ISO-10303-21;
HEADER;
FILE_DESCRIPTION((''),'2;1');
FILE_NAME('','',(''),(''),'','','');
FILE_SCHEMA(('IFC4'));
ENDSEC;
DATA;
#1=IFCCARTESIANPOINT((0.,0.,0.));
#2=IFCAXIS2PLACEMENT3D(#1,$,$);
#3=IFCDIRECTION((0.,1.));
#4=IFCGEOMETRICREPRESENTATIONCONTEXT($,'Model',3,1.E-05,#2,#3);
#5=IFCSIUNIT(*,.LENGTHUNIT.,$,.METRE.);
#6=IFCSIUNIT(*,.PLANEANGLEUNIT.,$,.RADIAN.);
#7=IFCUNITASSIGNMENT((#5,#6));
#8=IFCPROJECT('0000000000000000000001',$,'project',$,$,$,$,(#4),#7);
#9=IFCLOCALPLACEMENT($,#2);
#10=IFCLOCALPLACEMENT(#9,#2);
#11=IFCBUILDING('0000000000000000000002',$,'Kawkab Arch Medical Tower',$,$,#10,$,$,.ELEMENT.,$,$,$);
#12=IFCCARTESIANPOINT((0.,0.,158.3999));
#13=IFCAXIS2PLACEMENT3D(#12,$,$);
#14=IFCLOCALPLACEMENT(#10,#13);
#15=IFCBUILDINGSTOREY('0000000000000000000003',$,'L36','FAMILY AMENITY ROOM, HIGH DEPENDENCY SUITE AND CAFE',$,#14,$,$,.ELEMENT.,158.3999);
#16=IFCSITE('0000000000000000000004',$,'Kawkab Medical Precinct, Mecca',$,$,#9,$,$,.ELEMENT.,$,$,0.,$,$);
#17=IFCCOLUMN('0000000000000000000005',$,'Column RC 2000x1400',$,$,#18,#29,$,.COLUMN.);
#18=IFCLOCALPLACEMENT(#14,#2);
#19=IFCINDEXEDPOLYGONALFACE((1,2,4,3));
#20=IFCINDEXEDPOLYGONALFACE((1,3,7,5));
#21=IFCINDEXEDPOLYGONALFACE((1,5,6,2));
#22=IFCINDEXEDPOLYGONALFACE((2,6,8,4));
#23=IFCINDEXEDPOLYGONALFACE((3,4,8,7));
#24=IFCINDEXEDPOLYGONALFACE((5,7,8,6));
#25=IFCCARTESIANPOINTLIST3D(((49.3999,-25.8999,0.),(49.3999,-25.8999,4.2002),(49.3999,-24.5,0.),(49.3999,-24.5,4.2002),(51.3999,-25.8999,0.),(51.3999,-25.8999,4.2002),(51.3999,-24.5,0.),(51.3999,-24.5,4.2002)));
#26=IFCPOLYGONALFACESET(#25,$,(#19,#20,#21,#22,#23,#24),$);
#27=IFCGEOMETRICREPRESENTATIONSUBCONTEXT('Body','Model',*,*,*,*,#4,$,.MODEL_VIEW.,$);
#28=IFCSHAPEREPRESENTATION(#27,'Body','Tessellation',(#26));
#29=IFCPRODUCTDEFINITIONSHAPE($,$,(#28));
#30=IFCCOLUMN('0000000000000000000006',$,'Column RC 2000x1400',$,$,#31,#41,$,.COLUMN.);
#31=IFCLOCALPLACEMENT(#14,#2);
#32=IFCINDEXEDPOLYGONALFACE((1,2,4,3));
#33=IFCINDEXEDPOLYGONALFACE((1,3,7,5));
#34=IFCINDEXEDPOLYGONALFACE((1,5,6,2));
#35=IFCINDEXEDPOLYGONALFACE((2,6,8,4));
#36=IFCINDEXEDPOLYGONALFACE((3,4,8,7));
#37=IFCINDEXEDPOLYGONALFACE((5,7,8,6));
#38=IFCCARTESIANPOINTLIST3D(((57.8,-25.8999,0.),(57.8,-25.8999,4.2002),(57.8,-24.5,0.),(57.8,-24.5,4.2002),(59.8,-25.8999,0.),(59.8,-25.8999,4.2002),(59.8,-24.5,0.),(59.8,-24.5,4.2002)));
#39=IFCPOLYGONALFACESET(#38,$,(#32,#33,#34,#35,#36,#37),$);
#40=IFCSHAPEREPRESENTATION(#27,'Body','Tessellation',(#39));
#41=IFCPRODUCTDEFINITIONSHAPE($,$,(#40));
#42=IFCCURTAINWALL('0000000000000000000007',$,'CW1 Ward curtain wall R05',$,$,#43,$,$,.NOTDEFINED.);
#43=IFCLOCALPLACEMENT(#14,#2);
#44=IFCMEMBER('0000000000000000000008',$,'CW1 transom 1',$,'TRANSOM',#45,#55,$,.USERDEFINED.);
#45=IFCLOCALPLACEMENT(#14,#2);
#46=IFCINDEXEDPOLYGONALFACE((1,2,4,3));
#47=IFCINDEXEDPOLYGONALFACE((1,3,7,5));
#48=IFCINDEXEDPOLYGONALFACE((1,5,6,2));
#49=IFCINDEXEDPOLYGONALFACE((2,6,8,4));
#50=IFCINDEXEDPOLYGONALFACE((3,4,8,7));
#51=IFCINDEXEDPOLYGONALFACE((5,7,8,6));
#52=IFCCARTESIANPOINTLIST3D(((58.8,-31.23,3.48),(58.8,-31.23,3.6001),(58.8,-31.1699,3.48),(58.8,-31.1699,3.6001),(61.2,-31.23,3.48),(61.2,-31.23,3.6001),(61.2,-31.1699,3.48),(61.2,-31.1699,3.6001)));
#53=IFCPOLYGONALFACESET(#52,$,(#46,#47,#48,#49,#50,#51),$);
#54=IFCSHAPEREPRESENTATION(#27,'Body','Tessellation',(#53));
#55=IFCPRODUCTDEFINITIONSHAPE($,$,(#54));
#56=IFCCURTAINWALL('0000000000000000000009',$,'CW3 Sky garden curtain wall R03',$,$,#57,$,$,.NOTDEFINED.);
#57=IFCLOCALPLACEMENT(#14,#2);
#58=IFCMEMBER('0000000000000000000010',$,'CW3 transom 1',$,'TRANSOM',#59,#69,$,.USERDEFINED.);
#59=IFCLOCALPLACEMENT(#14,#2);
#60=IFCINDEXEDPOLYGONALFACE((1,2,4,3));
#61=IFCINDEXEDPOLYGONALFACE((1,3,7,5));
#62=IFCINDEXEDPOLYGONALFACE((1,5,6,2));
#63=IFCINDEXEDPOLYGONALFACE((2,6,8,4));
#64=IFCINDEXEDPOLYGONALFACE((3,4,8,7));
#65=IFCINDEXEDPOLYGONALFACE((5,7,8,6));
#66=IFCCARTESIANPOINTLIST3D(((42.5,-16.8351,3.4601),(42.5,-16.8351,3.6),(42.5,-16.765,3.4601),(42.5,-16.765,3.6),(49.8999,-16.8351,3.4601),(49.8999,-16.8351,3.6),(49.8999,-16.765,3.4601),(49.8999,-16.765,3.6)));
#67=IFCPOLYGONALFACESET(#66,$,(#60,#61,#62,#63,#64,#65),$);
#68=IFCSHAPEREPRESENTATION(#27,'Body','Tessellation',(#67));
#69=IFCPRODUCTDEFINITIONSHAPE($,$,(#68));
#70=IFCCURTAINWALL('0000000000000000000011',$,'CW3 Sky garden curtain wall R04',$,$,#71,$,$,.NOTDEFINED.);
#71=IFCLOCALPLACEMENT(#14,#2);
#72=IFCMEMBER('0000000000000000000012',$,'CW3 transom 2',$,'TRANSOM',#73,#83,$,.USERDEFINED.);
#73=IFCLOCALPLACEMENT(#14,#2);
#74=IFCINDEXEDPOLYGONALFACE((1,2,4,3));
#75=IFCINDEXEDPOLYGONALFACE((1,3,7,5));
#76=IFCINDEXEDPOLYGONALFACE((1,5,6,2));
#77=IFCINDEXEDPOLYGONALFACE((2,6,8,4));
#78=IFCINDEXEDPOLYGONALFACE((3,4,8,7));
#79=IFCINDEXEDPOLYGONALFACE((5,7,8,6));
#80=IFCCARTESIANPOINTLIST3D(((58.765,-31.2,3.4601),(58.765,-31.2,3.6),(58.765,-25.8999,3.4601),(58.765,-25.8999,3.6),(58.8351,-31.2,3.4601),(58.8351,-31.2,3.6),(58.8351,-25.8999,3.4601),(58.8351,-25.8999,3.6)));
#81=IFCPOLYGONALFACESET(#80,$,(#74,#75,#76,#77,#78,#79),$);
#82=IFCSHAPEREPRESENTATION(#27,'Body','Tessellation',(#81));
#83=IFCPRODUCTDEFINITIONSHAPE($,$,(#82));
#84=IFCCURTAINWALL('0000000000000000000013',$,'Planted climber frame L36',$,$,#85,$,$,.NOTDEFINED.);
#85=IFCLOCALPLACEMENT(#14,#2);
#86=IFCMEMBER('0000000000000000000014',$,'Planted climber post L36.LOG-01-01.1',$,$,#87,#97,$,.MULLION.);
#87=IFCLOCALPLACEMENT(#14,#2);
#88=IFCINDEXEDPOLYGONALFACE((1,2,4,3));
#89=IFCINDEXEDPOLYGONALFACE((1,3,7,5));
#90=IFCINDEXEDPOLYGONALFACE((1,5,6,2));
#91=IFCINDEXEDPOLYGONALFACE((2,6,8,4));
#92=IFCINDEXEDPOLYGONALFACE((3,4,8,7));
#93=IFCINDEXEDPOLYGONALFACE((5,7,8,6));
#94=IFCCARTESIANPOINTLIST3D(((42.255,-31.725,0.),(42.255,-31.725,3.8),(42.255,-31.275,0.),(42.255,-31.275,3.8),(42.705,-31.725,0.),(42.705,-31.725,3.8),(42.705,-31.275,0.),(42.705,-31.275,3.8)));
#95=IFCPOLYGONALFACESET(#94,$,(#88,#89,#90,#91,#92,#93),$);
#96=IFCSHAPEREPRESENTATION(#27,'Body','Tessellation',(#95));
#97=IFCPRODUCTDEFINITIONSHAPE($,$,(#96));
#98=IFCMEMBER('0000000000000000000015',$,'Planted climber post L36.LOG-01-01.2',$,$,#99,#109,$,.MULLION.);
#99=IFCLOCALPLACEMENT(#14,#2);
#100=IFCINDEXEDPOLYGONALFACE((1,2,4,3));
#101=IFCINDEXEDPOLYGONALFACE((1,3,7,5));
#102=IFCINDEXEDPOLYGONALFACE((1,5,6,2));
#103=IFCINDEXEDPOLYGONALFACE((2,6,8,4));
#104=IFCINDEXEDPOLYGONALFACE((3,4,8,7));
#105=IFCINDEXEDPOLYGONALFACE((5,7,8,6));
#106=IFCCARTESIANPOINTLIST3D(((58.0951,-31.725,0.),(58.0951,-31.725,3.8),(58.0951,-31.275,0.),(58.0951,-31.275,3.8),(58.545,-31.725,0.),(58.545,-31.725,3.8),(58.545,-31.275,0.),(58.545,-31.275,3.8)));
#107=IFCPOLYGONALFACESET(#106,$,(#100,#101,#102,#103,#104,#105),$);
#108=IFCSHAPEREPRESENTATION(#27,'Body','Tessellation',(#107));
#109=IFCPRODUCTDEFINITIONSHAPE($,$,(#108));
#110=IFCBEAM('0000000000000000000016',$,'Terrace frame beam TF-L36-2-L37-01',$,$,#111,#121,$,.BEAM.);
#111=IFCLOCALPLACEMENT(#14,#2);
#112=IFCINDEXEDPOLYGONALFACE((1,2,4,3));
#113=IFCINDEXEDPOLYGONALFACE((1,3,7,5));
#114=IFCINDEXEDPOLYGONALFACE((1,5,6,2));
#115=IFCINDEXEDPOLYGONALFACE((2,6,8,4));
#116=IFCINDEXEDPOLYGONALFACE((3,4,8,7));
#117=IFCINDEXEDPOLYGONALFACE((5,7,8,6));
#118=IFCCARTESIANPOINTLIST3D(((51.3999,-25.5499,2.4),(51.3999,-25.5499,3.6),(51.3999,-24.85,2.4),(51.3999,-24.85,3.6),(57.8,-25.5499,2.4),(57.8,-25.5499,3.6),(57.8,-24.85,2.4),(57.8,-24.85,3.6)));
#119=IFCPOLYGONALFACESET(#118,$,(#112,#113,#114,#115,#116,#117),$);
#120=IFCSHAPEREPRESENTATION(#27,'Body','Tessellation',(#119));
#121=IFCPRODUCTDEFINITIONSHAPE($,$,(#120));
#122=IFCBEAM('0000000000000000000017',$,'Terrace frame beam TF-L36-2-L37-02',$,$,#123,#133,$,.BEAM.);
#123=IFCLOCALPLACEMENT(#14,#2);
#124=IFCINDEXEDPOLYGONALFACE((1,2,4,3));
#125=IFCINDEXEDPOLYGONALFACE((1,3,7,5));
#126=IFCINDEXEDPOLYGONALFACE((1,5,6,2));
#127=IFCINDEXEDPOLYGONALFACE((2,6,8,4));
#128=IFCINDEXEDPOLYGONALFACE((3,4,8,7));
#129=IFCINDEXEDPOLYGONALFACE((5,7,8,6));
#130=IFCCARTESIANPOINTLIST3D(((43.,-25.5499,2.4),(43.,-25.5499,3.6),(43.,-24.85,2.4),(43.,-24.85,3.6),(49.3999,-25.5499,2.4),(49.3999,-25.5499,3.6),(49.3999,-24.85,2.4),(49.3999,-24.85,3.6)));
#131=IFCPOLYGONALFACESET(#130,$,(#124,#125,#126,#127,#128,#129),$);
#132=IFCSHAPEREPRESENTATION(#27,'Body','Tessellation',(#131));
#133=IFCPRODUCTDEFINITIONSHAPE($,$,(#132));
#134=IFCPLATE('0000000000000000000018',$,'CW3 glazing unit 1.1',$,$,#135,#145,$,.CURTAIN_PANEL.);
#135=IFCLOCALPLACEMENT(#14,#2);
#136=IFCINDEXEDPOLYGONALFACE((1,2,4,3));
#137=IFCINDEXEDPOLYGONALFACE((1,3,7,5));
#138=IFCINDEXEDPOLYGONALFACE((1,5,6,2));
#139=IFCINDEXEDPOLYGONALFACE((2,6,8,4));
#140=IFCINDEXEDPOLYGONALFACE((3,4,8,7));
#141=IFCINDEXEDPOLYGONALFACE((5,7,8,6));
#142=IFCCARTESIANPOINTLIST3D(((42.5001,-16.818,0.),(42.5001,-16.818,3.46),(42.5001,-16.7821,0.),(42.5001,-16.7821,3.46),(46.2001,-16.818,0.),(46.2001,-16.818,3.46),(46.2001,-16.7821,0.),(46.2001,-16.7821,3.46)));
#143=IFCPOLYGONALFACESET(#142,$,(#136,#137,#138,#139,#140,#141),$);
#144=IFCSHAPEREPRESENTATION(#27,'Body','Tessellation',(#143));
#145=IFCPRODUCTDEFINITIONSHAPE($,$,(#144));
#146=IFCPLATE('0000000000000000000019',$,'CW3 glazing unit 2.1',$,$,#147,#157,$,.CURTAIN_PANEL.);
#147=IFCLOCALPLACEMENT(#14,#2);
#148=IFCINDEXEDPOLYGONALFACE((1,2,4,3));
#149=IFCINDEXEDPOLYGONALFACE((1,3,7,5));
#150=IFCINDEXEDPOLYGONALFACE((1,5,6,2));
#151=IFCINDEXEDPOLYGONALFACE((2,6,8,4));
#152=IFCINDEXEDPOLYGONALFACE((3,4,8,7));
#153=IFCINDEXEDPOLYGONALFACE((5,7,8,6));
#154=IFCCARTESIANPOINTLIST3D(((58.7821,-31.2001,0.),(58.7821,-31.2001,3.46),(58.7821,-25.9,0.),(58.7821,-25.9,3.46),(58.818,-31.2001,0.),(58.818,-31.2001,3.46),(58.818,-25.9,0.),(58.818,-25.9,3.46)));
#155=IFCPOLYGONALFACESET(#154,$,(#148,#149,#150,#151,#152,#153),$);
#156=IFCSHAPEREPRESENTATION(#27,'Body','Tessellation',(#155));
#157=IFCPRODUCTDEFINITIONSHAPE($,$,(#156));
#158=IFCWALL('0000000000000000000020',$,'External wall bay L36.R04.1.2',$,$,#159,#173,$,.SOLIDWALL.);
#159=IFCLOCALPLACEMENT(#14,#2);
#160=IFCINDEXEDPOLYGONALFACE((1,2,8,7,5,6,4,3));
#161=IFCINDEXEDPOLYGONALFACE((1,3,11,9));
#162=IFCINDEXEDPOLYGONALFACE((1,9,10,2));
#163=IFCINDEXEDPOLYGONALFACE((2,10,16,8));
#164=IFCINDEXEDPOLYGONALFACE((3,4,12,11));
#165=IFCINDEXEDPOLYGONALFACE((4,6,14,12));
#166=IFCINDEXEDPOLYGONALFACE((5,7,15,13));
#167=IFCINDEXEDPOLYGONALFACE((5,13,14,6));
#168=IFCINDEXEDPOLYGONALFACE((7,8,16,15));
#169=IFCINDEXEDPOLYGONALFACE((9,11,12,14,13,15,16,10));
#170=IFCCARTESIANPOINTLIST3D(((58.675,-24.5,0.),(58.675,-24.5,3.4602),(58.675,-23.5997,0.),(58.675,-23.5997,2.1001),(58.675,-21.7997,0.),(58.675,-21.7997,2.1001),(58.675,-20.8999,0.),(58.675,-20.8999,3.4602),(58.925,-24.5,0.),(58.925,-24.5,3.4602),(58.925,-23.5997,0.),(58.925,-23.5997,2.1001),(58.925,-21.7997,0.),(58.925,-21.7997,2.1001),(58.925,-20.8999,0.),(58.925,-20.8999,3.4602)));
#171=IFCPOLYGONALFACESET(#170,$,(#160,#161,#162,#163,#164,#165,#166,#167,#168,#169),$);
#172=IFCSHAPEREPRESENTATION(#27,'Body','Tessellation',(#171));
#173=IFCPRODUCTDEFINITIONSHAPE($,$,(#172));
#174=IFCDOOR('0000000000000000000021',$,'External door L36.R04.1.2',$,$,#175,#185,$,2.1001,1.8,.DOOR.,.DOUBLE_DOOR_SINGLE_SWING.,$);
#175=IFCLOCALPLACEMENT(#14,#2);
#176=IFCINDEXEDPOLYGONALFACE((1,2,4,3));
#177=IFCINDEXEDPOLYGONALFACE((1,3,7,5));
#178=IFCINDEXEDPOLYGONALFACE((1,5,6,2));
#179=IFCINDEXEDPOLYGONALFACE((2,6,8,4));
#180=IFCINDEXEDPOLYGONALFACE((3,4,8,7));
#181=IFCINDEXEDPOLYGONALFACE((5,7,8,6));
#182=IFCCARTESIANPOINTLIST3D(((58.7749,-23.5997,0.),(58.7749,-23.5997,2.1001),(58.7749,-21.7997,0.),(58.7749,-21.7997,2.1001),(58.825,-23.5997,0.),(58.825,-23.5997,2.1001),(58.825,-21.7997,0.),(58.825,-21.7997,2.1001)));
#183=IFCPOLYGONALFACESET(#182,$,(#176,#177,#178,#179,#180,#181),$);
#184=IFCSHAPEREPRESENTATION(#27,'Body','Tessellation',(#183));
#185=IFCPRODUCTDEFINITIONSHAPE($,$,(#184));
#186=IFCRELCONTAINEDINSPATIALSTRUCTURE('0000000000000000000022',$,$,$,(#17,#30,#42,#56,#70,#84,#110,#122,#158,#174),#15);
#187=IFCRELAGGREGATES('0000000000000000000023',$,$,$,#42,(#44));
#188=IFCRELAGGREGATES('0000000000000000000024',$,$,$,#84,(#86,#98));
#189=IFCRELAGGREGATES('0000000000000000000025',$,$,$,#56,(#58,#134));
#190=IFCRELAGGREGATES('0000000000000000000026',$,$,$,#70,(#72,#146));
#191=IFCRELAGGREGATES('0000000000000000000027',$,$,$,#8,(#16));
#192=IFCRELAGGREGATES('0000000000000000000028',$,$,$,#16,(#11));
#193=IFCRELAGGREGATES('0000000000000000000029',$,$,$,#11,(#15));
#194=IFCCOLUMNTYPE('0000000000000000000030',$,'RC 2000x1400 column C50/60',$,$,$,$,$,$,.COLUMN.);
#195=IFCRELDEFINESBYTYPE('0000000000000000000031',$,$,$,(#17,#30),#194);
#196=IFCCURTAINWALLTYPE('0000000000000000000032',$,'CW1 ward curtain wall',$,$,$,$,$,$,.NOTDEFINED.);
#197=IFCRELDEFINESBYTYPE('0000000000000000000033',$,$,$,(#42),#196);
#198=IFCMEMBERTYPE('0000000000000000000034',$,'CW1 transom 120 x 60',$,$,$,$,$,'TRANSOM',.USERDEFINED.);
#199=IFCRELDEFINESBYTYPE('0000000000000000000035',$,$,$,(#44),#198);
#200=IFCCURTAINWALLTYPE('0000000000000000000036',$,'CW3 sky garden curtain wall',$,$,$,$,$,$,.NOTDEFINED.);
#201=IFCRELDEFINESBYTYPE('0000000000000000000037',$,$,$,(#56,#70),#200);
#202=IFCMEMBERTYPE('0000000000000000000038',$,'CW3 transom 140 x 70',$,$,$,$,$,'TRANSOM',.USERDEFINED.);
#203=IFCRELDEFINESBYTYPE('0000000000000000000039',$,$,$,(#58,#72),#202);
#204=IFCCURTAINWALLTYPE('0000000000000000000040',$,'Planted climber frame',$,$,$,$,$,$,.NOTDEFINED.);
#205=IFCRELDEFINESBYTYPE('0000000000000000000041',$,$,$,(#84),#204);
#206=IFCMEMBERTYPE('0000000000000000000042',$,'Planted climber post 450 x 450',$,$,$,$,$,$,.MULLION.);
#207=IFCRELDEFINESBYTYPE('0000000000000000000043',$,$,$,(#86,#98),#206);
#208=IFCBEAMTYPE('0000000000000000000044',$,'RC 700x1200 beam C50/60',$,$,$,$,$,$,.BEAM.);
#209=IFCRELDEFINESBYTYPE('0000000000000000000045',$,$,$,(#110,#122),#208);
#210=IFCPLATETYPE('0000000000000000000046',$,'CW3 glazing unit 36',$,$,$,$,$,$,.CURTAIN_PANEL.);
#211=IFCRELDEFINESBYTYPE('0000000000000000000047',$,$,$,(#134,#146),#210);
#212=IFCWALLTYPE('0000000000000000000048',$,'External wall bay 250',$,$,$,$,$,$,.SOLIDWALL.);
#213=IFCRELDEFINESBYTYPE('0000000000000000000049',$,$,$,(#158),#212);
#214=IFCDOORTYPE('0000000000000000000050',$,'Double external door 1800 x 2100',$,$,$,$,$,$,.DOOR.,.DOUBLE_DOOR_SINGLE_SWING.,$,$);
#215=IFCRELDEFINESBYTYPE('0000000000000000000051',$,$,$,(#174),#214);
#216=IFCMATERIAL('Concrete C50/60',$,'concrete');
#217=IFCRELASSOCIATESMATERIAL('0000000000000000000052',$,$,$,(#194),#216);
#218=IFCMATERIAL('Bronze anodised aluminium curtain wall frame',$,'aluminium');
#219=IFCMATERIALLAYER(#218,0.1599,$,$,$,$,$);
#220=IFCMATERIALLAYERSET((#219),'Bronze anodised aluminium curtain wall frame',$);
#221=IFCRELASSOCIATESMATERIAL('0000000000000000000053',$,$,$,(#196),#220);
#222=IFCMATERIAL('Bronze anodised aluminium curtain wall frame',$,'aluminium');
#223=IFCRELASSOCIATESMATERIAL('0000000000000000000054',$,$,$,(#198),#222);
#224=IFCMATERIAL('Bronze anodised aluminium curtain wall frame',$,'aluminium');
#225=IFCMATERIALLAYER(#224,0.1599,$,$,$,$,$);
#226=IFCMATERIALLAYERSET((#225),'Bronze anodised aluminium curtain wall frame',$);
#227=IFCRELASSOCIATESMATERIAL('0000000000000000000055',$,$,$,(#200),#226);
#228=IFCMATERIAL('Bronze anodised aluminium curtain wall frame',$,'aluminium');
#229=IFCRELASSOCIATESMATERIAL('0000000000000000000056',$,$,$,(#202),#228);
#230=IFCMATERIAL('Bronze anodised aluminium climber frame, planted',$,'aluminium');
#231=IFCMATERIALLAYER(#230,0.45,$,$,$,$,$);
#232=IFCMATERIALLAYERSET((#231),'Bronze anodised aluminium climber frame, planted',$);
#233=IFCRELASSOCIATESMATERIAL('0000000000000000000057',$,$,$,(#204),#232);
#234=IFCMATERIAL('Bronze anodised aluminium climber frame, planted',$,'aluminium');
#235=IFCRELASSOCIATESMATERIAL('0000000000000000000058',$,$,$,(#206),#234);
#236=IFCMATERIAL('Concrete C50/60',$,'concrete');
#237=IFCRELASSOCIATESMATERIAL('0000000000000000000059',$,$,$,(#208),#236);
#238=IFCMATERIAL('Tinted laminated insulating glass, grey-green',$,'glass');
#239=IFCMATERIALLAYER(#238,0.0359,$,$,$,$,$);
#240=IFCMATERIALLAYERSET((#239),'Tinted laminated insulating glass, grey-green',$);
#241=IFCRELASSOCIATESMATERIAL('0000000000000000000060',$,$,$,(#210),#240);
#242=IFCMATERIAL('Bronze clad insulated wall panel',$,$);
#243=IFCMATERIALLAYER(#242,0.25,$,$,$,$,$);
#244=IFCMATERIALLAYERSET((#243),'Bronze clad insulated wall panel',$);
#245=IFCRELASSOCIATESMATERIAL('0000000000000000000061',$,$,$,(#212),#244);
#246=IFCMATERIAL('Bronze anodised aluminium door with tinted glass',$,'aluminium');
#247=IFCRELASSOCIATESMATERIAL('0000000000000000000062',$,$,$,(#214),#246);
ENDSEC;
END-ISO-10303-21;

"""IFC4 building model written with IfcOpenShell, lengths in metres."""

from ifc_helpers import new_model, si_unit, direction, frame, frame_2d, origin, origin_2d, place, context, subcontext, project, spatial, rectangle, extrude, material, layer, layer_set, material_profile, profile_set, type_object, element, fill, aggregate, save


model = new_model("IFC4")

# Units and contexts
model_context = context("Model", 3, precision=1e-05, world=origin(), true_north=direction((0.0, 1.0)))
body_context = subcontext(model_context, "Body", "Model", "MODEL_VIEW")
ifc_project = project(units=[si_unit("LENGTHUNIT", "METRE"), si_unit("PLANEANGLEUNIT", "RADIAN")], contexts=[model_context])

# Site, building, storey
site_placement = place(None, origin())
site = spatial("IfcSite", under=ifc_project, at=site_placement, Name="Kawkab Medical Precinct, Mecca", CompositionType="ELEMENT", RefElevation=0.0)
building_placement = place(site_placement, origin())
building = spatial("IfcBuilding", under=site, at=building_placement, Name="Kawkab Arch Medical Tower", CompositionType="ELEMENT")
storey_placement = place(building_placement, frame((0.0, 0.0, 158.3999)))
storey = spatial("IfcBuildingStorey", under=building, at=storey_placement, Name="L36", Description="FAMILY AMENITY ROOM, HIGH DEPENDENCY SUITE AND CAFE", CompositionType="ELEMENT", Elevation=158.3999)

# Columns
ifc_material_1 = material(Name="Concrete C50/60", Category="concrete")
ifc_material_profile_1 = material_profile(ifc_material_1, rectangle(XDim=2.0, YDim=1.3999, at=origin_2d()), Name="RC 2000x1400")
ifc_profile_set_1 = profile_set([ifc_material_profile_1], Name="Concrete C50/60")
column_type = type_object("IfcColumnType", Name="RC 2000x1400 column C50/60", PredefinedType="COLUMN", material=ifc_profile_set_1)
for number, where, z_axis, x_axis, name in (
    (1, (50.3999, -25.2, 0.0), (0.0, 0.0, 1.0), (-1.0, 0.0, 0.0), "Column RC 2000x1400"),
    (2, (58.8, -25.2, 0.0), (0.0, 0.0, 1.0), (-1.0, 0.0, 0.0), "Column RC 2000x1400"),
):
    element("IfcColumn", number, at=place(storey_placement, frame(where, z_axis=z_axis, x_axis=x_axis)), inside=storey, type_object=column_type, Name=name, PredefinedType="COLUMN", context=body_context, shape_type="SweptSolid", body=[
        extrude(rectangle(XDim=2.0, YDim=1.3999, at=origin_2d()), origin(), (0.0, 0.0, 1.0), 4.2002),
    ])

# Curtain walls, members
ifc_material_2 = material(Name="Bronze anodised aluminium curtain wall frame", Category="aluminium")
ifc_layer_1 = layer(ifc_material_2, 0.1599)
ifc_layer_set_1 = layer_set([ifc_layer_1], Name="Bronze anodised aluminium curtain wall frame")
curtain_wall_type_1 = type_object("IfcCurtainWallType", Name="CW1 ward curtain wall", PredefinedType="NOTDEFINED", material=ifc_layer_set_1)
placement = place(storey_placement, origin())
curtain_wall_1 = element("IfcCurtainWall", 3, at=placement, inside=storey, type_object=curtain_wall_type_1, Name="CW1 Ward curtain wall R05", PredefinedType="NOTDEFINED")
ifc_material_3 = material(Name="Bronze anodised aluminium curtain wall frame", Category="aluminium")
ifc_material_profile_2 = material_profile(ifc_material_3, rectangle(XDim=0.0601, YDim=0.1201, at=origin_2d()), Name="AL 60x120")
ifc_profile_set_2 = profile_set([ifc_material_profile_2], Name="Bronze anodised aluminium curtain wall frame")
member_type_1 = type_object("IfcMemberType", Name="CW1 transom 120 x 60", ElementType="TRANSOM", PredefinedType="USERDEFINED", material=ifc_profile_set_2)
member_1_placement = place(storey_placement, frame((58.8, -31.2, 3.54), z_axis=(1.0, 0.0, 0.0), x_axis=(0.0, 1.0, 0.0)))
member_1 = element("IfcMember", 4, at=member_1_placement, type_object=member_type_1, Name="CW1 transom 1", ObjectType="TRANSOM", PredefinedType="USERDEFINED", context=body_context, shape_type="SweptSolid", body=[
    extrude(rectangle(XDim=0.0601, YDim=0.1201, at=origin_2d()), origin(), (0.0, 0.0, 1.0), 2.3999),
])
aggregate(curtain_wall_1, [member_1])
ifc_material_4 = material(Name="Bronze anodised aluminium curtain wall frame", Category="aluminium")
ifc_layer_2 = layer(ifc_material_4, 0.1599)
ifc_layer_set_2 = layer_set([ifc_layer_2], Name="Bronze anodised aluminium curtain wall frame")
curtain_wall_type_2 = type_object("IfcCurtainWallType", Name="CW3 sky garden curtain wall", PredefinedType="NOTDEFINED", material=ifc_layer_set_2)
curtain_wall_2 = element("IfcCurtainWall", 5, at=placement, inside=storey, type_object=curtain_wall_type_2, Name="CW3 Sky garden curtain wall R03", PredefinedType="NOTDEFINED")
ifc_material_5 = material(Name="Bronze anodised aluminium curtain wall frame", Category="aluminium")
ifc_material_profile_3 = material_profile(ifc_material_5, rectangle(XDim=0.0701, YDim=0.1399, at=origin_2d()), Name="AL 70x140")
ifc_profile_set_3 = profile_set([ifc_material_profile_3], Name="Bronze anodised aluminium curtain wall frame")
member_type_2 = type_object("IfcMemberType", Name="CW3 transom 140 x 70", ElementType="TRANSOM", PredefinedType="USERDEFINED", material=ifc_profile_set_3)
member_2_placement = place(storey_placement, frame((42.5, -16.8, 3.53), z_axis=(1.0, 0.0, 0.0), x_axis=(0.0, 1.0, 0.0)))
member_2 = element("IfcMember", 6, at=member_2_placement, type_object=member_type_2, Name="CW3 transom 1", ObjectType="TRANSOM", PredefinedType="USERDEFINED", context=body_context, shape_type="SweptSolid", body=[
    extrude(rectangle(XDim=0.0701, YDim=0.1399, at=origin_2d()), origin(), (0.0, 0.0, 1.0), 7.3999),
])
curtain_wall_3 = element("IfcCurtainWall", 7, at=placement, inside=storey, type_object=curtain_wall_type_2, Name="CW3 Sky garden curtain wall R04", PredefinedType="NOTDEFINED")
member_3_placement = place(storey_placement, frame((58.8, -25.8999, 3.53), z_axis=(0.0, -1.0, 0.0), x_axis=(1.0, 0.0, 0.0)))
member_3 = element("IfcMember", 8, at=member_3_placement, type_object=member_type_2, Name="CW3 transom 2", ObjectType="TRANSOM", PredefinedType="USERDEFINED", context=body_context, shape_type="SweptSolid", body=[
    extrude(rectangle(XDim=0.0701, YDim=0.1399, at=origin_2d()), origin(), (0.0, 0.0, 1.0), 5.3),
])

# Curtain wall, members
ifc_material_6 = material(Name="Bronze anodised aluminium climber frame, planted", Category="aluminium")
ifc_layer_3 = layer(ifc_material_6, 0.45)
ifc_layer_set_3 = layer_set([ifc_layer_3], Name="Bronze anodised aluminium climber frame, planted")
curtain_wall_type_3 = type_object("IfcCurtainWallType", Name="Planted climber frame", PredefinedType="NOTDEFINED", material=ifc_layer_set_3)
curtain_wall_4 = element("IfcCurtainWall", 9, at=placement, inside=storey, type_object=curtain_wall_type_3, Name="Planted climber frame L36", PredefinedType="NOTDEFINED")
ifc_material_7 = material(Name="Bronze anodised aluminium climber frame, planted", Category="aluminium")
ifc_material_profile_4 = material_profile(ifc_material_7, rectangle(XDim=0.45, YDim=0.45, at=origin_2d()), Name="Post 450x450")
ifc_profile_set_4 = profile_set([ifc_material_profile_4], Name="Bronze anodised aluminium climber frame, planted")
member_type_3 = type_object("IfcMemberType", Name="Planted climber post 450 x 450", PredefinedType="MULLION", material=ifc_profile_set_4)
member_4_placement = place(storey_placement, frame((42.48, -31.5, 0.0), z_axis=(0.0, 0.0, 1.0), x_axis=(1.0, 0.0, 0.0)))
member_4 = element("IfcMember", 10, at=member_4_placement, type_object=member_type_3, Name="Planted climber post L36.LOG-01-01.1", PredefinedType="MULLION", context=body_context, shape_type="SweptSolid", body=[
    extrude(rectangle(XDim=0.45, YDim=0.45, at=origin_2d()), origin(), (0.0, 0.0, 1.0), 3.8),
])
member_5_placement = place(storey_placement, frame((58.3201, -31.5, 0.0), z_axis=(0.0, 0.0, 1.0), x_axis=(1.0, 0.0, 0.0)))
member_5 = element("IfcMember", 11, at=member_5_placement, type_object=member_type_3, Name="Planted climber post L36.LOG-01-01.2", PredefinedType="MULLION", context=body_context, shape_type="SweptSolid", body=[
    extrude(rectangle(XDim=0.45, YDim=0.45, at=origin_2d()), origin(), (0.0, 0.0, 1.0), 3.8),
])
aggregate(curtain_wall_4, [member_4, member_5])

# Beams
ifc_material_8 = material(Name="Concrete C50/60", Category="concrete")
ifc_material_profile_5 = material_profile(ifc_material_8, rectangle(XDim=0.7, YDim=1.2, at=origin_2d()), Name="RC 700x1200")
ifc_profile_set_5 = profile_set([ifc_material_profile_5], Name="Concrete C50/60")
beam_type = type_object("IfcBeamType", Name="RC 700x1200 beam C50/60", PredefinedType="BEAM", material=ifc_profile_set_5)
beam_1_placement = place(storey_placement, frame((57.8, -25.2, 3.0), z_axis=(-1.0, 0.0, 0.0), x_axis=(0.0, -1.0, 0.0)))
element("IfcBeam", 12, at=beam_1_placement, inside=storey, type_object=beam_type, Name="Terrace frame beam TF-L36-2-L37-01", PredefinedType="BEAM", context=body_context, shape_type="SweptSolid", body=[
    extrude(rectangle(XDim=0.7, YDim=1.2, at=origin_2d()), origin(), (0.0, 0.0, 1.0), 6.4001),
])
beam_2_placement = place(storey_placement, frame((49.3999, -25.2, 3.0), z_axis=(-1.0, 0.0, 0.0), x_axis=(0.0, -1.0, 0.0)))
element("IfcBeam", 13, at=beam_2_placement, inside=storey, type_object=beam_type, Name="Terrace frame beam TF-L36-2-L37-02", PredefinedType="BEAM", context=body_context, shape_type="SweptSolid", body=[
    extrude(rectangle(XDim=0.7, YDim=1.2, at=origin_2d()), origin(), (0.0, 0.0, 1.0), 6.3999),
])

# Plates
ifc_material_9 = material(Name="Tinted laminated insulating glass, grey-green", Category="glass")
ifc_layer_4 = layer(ifc_material_9, 0.0359)
ifc_layer_set_4 = layer_set([ifc_layer_4], Name="Tinted laminated insulating glass, grey-green")
plate_type = type_object("IfcPlateType", Name="CW3 glazing unit 36", PredefinedType="CURTAIN_PANEL", material=ifc_layer_set_4)
plate_1_placement = place(storey_placement, frame((44.3501, -16.8, 0.0), z_axis=(0.0, 0.0, 1.0), x_axis=(1.0, 0.0, 0.0)))
plate_1 = element("IfcPlate", 14, at=plate_1_placement, type_object=plate_type, Name="CW3 glazing unit 1.1", PredefinedType="CURTAIN_PANEL", context=body_context, shape_type="SweptSolid", body=[
    extrude(rectangle(XDim=3.7, YDim=0.0359, at=origin_2d()), origin(), (0.0, 0.0, 1.0), 3.46),
])
aggregate(curtain_wall_2, [member_2, plate_1])
plate_2_placement = place(storey_placement, frame((58.8, -28.55, 0.0), z_axis=(0.0, 0.0, 1.0), x_axis=(0.0, -1.0, 0.0)))
plate_2 = element("IfcPlate", 15, at=plate_2_placement, type_object=plate_type, Name="CW3 glazing unit 2.1", PredefinedType="CURTAIN_PANEL", context=body_context, shape_type="SweptSolid", body=[
    extrude(rectangle(XDim=5.3, YDim=0.0359, at=origin_2d()), origin(), (0.0, 0.0, 1.0), 3.46),
])
aggregate(curtain_wall_3, [member_3, plate_2])

# Wall, opening, door
ifc_material_10 = material(Name="Bronze clad insulated wall panel")
ifc_layer_5 = layer(ifc_material_10, 0.25)
ifc_layer_set_5 = layer_set([ifc_layer_5], Name="Bronze clad insulated wall panel")
wall_type = type_object("IfcWallType", Name="External wall bay 250", PredefinedType="SOLIDWALL", material=ifc_layer_set_5)
wall_placement = place(storey_placement, frame((58.8, -20.8999, 0.0), z_axis=(0.0, 0.0, 1.0), x_axis=(0.0, -1.0, 0.0)))
wall = element("IfcWall", 16, at=wall_placement, inside=storey, type_object=wall_type, Name="External wall bay L36.R04.1.2", PredefinedType="SOLIDWALL", context=body_context, shape_type="SweptSolid", body=[
    extrude(rectangle(XDim=3.6001, YDim=0.25, at=frame_2d((1.8, 0.0))), origin(), (0.0, 0.0, 1.0), 3.4602),
])
opening_placement = place(wall_placement, frame((0.8999, 0.0, 0.0)))
opening = element("IfcOpeningElement", 17, at=opening_placement, cuts=wall, PredefinedType="OPENING", context=body_context, shape_type="SweptSolid", body=[
    extrude(rectangle(XDim=1.8, YDim=2.1001, at=frame_2d((0.8999, 1.05))), frame((0.0, 0.135, 0.0), z_axis=(0.0, -1.0, 0.0), x_axis=(1.0, 0.0, 0.0)), (0.0, 0.0, 1.0), 0.27),
])
ifc_material_11 = material(Name="Bronze anodised aluminium door with tinted glass", Category="aluminium")
door_type = type_object("IfcDoorType", Name="Double external door 1800 x 2100", OperationType="DOUBLE_DOOR_SINGLE_SWING", PredefinedType="DOOR", material=ifc_material_11)
door_placement = place(opening_placement, origin())
door = element("IfcDoor", 18, at=door_placement, inside=storey, type_object=door_type, Name="External door L36.R04.1.2", OperationType="DOUBLE_DOOR_SINGLE_SWING", OverallHeight=2.1001, OverallWidth=1.8, PredefinedType="DOOR", context=body_context, shape_type="SweptSolid", body=[
    extrude(rectangle(XDim=1.8, YDim=2.1001, at=frame_2d((0.8999, 1.05))), frame((0.0, 0.0249, 0.0), z_axis=(0.0, -1.0, 0.0), x_axis=(1.0, 0.0, 0.0)), (0.0, 0.0, 1.0), 0.05),
])
fill(opening, door)

save(model, "model.ifc")
